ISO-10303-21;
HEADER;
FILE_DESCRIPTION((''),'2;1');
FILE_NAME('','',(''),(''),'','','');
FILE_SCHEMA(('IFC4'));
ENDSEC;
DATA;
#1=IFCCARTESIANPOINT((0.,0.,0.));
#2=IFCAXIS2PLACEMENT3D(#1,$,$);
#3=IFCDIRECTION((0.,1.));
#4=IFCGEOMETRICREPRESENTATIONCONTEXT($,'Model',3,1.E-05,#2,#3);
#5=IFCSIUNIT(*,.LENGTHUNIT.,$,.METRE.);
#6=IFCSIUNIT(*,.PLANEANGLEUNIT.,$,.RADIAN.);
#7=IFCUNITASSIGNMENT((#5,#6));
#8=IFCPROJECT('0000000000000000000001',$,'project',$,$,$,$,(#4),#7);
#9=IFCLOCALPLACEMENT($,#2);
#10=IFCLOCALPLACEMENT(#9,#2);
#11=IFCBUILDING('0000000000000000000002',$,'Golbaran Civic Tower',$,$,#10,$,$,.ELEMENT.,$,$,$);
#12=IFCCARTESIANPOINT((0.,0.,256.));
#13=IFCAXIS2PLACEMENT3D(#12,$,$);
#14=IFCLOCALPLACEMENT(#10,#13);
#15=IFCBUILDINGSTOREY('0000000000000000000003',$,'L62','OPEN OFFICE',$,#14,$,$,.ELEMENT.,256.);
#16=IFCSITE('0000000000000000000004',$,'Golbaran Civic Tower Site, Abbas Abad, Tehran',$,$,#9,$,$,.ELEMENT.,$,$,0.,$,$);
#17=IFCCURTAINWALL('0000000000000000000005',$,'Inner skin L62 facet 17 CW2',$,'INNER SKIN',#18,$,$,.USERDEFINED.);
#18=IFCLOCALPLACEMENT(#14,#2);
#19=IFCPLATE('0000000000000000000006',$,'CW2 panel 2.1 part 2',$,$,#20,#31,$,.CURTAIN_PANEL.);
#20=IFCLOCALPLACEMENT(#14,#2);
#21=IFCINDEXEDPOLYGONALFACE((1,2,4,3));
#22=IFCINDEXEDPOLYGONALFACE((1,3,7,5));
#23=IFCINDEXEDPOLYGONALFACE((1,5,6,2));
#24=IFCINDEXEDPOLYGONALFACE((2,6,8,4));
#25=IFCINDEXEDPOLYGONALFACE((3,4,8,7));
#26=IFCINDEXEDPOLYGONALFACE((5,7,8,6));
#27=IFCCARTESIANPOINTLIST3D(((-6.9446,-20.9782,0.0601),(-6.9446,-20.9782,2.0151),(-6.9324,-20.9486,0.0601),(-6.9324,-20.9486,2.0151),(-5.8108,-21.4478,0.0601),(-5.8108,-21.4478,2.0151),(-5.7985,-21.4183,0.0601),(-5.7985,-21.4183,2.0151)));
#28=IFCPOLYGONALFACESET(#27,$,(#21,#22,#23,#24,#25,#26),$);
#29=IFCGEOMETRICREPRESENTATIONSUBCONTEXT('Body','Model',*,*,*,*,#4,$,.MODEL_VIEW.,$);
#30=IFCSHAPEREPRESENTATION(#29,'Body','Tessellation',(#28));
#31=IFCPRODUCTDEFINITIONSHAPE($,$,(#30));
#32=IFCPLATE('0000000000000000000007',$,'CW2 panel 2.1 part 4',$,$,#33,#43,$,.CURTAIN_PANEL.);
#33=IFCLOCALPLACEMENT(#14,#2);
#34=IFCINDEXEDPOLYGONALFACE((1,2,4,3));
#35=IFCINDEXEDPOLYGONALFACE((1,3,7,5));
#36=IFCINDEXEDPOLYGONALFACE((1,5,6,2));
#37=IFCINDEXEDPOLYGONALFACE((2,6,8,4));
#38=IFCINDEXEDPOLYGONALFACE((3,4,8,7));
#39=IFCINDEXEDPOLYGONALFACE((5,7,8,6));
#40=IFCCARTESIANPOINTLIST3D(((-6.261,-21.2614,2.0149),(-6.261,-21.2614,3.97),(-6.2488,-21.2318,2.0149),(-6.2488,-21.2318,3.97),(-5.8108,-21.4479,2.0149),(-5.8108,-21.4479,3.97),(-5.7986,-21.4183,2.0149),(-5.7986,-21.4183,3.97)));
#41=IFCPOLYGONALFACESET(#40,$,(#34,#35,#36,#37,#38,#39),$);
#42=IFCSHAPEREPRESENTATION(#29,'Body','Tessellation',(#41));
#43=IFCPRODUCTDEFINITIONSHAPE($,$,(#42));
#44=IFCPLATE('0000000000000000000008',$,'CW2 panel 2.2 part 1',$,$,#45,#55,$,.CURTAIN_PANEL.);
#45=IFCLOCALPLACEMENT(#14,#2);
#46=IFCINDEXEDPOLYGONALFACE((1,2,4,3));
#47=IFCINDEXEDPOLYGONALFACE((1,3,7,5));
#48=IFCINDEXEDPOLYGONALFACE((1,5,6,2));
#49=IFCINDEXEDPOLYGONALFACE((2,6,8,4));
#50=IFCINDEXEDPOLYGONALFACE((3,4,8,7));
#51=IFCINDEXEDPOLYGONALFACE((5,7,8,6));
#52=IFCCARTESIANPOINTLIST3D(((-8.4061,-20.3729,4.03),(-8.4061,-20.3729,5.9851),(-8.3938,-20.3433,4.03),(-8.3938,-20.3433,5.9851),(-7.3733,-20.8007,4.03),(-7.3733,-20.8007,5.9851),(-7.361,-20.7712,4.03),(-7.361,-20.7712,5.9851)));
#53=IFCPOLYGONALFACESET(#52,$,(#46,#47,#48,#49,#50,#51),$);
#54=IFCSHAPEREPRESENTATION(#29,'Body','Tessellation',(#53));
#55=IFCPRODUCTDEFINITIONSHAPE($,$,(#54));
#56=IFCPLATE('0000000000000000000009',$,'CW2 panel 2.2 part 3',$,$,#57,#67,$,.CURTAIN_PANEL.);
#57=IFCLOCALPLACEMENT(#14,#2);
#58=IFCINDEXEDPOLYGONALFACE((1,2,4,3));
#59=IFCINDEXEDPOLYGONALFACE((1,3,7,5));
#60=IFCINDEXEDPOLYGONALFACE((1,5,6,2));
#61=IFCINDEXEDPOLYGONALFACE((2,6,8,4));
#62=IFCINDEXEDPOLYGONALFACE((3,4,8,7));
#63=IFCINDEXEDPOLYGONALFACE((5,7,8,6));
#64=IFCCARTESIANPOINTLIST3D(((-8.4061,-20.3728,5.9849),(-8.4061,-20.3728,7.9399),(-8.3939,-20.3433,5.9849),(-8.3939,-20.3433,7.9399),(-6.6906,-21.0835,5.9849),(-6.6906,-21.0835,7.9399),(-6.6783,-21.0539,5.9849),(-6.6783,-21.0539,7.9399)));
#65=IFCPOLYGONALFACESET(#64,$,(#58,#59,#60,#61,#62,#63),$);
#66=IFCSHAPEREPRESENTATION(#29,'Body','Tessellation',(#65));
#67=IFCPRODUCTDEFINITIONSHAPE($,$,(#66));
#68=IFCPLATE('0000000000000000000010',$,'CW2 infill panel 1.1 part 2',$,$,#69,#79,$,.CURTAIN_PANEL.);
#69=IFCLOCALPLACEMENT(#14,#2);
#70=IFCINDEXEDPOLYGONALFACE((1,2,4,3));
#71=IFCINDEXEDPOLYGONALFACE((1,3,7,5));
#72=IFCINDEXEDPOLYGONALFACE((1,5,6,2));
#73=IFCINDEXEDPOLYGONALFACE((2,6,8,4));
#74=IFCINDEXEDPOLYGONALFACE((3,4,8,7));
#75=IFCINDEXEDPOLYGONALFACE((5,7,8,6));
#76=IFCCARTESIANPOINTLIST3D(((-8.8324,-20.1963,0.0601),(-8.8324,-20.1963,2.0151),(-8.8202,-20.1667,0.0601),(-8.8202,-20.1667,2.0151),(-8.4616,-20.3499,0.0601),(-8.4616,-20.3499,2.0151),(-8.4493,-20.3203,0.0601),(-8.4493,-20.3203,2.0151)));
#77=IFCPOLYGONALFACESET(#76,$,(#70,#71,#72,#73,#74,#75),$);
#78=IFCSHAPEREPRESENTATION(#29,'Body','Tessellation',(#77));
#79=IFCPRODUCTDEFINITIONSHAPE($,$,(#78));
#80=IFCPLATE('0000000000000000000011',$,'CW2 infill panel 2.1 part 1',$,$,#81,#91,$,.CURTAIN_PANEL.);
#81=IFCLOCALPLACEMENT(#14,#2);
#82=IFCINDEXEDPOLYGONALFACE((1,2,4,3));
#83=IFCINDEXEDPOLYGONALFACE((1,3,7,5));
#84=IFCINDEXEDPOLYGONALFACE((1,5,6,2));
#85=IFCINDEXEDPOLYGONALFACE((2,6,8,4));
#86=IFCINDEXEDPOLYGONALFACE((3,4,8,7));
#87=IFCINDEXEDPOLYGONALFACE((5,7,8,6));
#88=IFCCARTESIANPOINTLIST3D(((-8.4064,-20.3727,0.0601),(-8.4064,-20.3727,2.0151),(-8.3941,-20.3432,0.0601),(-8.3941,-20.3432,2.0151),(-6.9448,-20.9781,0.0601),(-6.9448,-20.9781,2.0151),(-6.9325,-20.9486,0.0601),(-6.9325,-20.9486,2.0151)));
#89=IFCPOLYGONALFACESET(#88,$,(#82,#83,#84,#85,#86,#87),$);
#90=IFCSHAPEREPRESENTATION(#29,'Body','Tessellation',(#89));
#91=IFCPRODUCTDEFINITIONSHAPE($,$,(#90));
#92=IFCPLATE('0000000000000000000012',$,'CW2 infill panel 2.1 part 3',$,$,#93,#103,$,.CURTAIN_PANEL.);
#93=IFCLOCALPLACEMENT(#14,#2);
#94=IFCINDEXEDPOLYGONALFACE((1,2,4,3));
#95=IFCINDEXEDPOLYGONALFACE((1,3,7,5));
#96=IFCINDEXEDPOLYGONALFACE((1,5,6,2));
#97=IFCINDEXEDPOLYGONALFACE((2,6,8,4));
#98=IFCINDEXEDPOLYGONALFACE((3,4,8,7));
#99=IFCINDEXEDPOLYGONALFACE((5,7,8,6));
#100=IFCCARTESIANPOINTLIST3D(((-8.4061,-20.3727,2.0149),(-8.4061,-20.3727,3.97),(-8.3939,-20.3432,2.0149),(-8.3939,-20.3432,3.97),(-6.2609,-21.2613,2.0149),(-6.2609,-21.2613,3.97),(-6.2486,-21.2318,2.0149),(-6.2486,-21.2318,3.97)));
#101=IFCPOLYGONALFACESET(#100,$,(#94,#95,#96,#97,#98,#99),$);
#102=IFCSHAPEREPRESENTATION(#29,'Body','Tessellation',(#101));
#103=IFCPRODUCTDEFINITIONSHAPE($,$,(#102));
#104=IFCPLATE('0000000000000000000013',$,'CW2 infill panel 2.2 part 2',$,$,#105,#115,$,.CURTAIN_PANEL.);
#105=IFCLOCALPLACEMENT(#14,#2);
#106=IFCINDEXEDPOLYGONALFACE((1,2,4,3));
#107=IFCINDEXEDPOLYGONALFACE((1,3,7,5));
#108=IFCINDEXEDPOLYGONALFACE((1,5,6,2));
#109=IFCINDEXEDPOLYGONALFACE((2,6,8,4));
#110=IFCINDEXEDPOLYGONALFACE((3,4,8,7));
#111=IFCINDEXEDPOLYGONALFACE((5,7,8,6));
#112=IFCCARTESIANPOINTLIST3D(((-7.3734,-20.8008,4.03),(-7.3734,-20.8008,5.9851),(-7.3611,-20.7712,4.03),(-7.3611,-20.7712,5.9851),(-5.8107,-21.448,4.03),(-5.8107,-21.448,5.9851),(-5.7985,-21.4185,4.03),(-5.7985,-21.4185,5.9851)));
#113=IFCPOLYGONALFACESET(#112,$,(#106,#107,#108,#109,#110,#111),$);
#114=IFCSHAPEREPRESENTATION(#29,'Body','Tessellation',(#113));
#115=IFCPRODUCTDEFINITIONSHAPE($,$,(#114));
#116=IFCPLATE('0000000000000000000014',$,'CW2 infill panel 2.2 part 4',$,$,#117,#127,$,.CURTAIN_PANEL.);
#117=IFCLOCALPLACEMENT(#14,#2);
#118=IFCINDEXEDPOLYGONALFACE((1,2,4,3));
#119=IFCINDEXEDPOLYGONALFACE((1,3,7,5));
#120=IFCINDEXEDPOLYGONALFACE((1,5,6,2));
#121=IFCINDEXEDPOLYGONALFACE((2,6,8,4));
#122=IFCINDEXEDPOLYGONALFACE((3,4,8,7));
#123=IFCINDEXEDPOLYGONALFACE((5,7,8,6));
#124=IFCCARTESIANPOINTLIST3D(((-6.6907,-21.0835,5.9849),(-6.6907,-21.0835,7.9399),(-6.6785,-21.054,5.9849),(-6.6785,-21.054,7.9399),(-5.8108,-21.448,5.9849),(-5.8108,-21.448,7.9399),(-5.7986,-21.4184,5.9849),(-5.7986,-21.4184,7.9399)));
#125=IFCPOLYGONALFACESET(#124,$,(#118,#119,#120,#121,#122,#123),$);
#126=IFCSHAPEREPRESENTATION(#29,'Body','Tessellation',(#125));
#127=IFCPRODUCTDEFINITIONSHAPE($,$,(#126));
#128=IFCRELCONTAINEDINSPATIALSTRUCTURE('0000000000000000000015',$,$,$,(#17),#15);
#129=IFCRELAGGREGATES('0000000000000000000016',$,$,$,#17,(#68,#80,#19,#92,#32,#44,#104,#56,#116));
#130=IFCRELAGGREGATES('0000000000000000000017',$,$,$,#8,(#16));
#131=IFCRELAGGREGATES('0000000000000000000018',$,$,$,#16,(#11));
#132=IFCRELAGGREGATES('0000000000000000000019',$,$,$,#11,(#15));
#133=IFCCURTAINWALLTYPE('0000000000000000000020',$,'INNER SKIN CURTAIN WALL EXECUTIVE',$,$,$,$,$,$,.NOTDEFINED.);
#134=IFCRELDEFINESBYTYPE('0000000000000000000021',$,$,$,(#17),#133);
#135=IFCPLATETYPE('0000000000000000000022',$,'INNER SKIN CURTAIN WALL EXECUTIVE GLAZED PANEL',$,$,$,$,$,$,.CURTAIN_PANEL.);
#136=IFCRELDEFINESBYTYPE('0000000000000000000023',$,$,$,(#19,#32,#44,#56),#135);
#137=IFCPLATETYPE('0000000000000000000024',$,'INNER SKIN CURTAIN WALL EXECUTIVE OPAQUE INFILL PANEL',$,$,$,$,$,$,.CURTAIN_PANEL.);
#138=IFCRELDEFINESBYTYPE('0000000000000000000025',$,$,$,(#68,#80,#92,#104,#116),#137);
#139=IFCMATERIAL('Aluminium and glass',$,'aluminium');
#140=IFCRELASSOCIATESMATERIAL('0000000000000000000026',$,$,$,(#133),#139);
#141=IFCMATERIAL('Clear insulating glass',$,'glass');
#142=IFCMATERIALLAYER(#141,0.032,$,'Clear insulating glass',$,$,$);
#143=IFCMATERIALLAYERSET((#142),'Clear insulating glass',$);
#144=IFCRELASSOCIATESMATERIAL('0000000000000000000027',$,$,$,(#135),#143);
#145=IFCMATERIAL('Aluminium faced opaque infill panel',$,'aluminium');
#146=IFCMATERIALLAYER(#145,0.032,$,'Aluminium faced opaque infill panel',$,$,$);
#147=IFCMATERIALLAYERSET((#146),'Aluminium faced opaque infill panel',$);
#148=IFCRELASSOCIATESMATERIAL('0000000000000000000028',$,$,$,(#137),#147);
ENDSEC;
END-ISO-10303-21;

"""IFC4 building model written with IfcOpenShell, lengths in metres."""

from ifc_helpers import new_model, si_unit, direction, frame, origin, origin_2d, place, context, subcontext, project, spatial, rectangle, extrude, material, layer, layer_set, type_object, element, aggregate, save


model = new_model("IFC4")

# Units and contexts
model_context = context("Model", 3, precision=1e-05, world=origin(), true_north=direction((0.0, 1.0)))
body_context = subcontext(model_context, "Body", "Model", "MODEL_VIEW")
ifc_project = project(units=[si_unit("LENGTHUNIT", "METRE"), si_unit("PLANEANGLEUNIT", "RADIAN")], contexts=[model_context])

# Site, building, storey
site_placement = place(None, origin())
site = spatial("IfcSite", under=ifc_project, at=site_placement, Name="Golbaran Civic Tower Site, Abbas Abad, Tehran", CompositionType="ELEMENT", RefElevation=0.0)
building_placement = place(site_placement, origin())
building = spatial("IfcBuilding", under=site, at=building_placement, Name="Golbaran Civic Tower", CompositionType="ELEMENT")
storey_placement = place(building_placement, frame((0.0, 0.0, 256.0)))
storey = spatial("IfcBuildingStorey", under=building, at=storey_placement, Name="L62", Description="OPEN OFFICE", CompositionType="ELEMENT", Elevation=256.0)

# Curtain wall
ifc_material_1 = material(Name="Aluminium and glass", Category="aluminium")
curtain_wall_type = type_object("IfcCurtainWallType", Name="INNER SKIN CURTAIN WALL EXECUTIVE", PredefinedType="NOTDEFINED", material=ifc_material_1)
curtain_wall_1_placement = place(storey_placement, origin())
curtain_wall_1 = element("IfcCurtainWall", 1, at=curtain_wall_1_placement, inside=storey, type_object=curtain_wall_type, Name="Inner skin L62 facet 17 CW2", ObjectType="INNER SKIN", PredefinedType="USERDEFINED")

# Plates
ifc_material_2 = material(Name="Clear insulating glass", Category="glass")
ifc_layer_1 = layer(ifc_material_2, 0.032, Name="Clear insulating glass")
ifc_layer_set_1 = layer_set([ifc_layer_1], Name="Clear insulating glass")
plate_type_1 = type_object("IfcPlateType", Name="INNER SKIN CURTAIN WALL EXECUTIVE GLAZED PANEL", PredefinedType="CURTAIN_PANEL", material=ifc_layer_set_1)
plate_1_placement = place(storey_placement, frame((-6.3716, -21.1982, 0.0601), z_axis=(0.0, 0.0, 1.0), x_axis=(0.92388, -0.382683, 0.0)))
plate_1 = element("IfcPlate", 2, at=plate_1_placement, type_object=plate_type_1, Name="CW2 panel 2.1 part 2", PredefinedType="CURTAIN_PANEL", context=body_context, shape_type="SweptSolid", body=[
    extrude(rectangle(XDim=1.2273, YDim=0.032, at=origin_2d()), origin(), (0.0, 0.0, 1.0), 1.9551),
])
plate_2_placement = place(storey_placement, frame((-6.0298, -21.3398, 2.0149), z_axis=(0.0, 0.0, 1.0), x_axis=(0.92388, -0.382683, 0.0)))
plate_2 = element("IfcPlate", 3, at=plate_2_placement, type_object=plate_type_1, Name="CW2 panel 2.1 part 4", PredefinedType="CURTAIN_PANEL", context=body_context, shape_type="SweptSolid", body=[
    extrude(rectangle(XDim=0.4873, YDim=0.032, at=origin_2d()), origin(), (0.0, 0.0, 1.0), 1.9551),
])
plate_3_placement = place(storey_placement, frame((-7.8835, -20.572, 4.03), z_axis=(0.0, 0.0, 1.0), x_axis=(0.92388, -0.382683, 0.0)))
plate_3 = element("IfcPlate", 4, at=plate_3_placement, type_object=plate_type_1, Name="CW2 panel 2.2 part 1", PredefinedType="CURTAIN_PANEL", context=body_context, shape_type="SweptSolid", body=[
    extrude(rectangle(XDim=1.1179, YDim=0.032, at=origin_2d()), origin(), (0.0, 0.0, 1.0), 1.9551),
])
plate_4_placement = place(storey_placement, frame((-7.5422, -20.7134, 5.9849), z_axis=(0.0, 0.0, 1.0), x_axis=(0.92388, -0.382683, 0.0)))
plate_4 = element("IfcPlate", 5, at=plate_4_placement, type_object=plate_type_1, Name="CW2 panel 2.2 part 3", PredefinedType="CURTAIN_PANEL", context=body_context, shape_type="SweptSolid", body=[
    extrude(rectangle(XDim=1.8569, YDim=0.032, at=origin_2d()), origin(), (0.0, 0.0, 1.0), 1.9551),
])
ifc_material_3 = material(Name="Aluminium faced opaque infill panel", Category="aluminium")
ifc_layer_2 = layer(ifc_material_3, 0.032, Name="Aluminium faced opaque infill panel")
ifc_layer_set_2 = layer_set([ifc_layer_2], Name="Aluminium faced opaque infill panel")
plate_type_2 = type_object("IfcPlateType", Name="INNER SKIN CURTAIN WALL EXECUTIVE OPAQUE INFILL PANEL", PredefinedType="CURTAIN_PANEL", material=ifc_layer_set_2)
plate_5_placement = place(storey_placement, frame((-8.6409, -20.2583, 0.0601), z_axis=(0.0, 0.0, 1.0), x_axis=(0.92388, -0.382683, 0.0)))
plate_5 = element("IfcPlate", 6, at=plate_5_placement, type_object=plate_type_2, Name="CW2 infill panel 1.1 part 2", PredefinedType="CURTAIN_PANEL", context=body_context, shape_type="SweptSolid", body=[
    extrude(rectangle(XDim=0.4014, YDim=0.032, at=origin_2d()), origin(), (0.0, 0.0, 1.0), 1.9551),
])
plate_6_placement = place(storey_placement, frame((-7.6694, -20.6606, 0.0601), z_axis=(0.0, 0.0, 1.0), x_axis=(0.92388, -0.382683, 0.0)))
plate_6 = element("IfcPlate", 7, at=plate_6_placement, type_object=plate_type_2, Name="CW2 infill panel 2.1 part 1", PredefinedType="CURTAIN_PANEL", context=body_context, shape_type="SweptSolid", body=[
    extrude(rectangle(XDim=1.582, YDim=0.032, at=origin_2d()), origin(), (0.0, 0.0, 1.0), 1.9551),
])
plate_7_placement = place(storey_placement, frame((-7.3274, -20.8022, 2.0149), z_axis=(0.0, 0.0, 1.0), x_axis=(0.92388, -0.382683, 0.0)))
plate_7 = element("IfcPlate", 8, at=plate_7_placement, type_object=plate_type_2, Name="CW2 infill panel 2.1 part 3", PredefinedType="CURTAIN_PANEL", context=body_context, shape_type="SweptSolid", body=[
    extrude(rectangle(XDim=2.322, YDim=0.032, at=origin_2d()), origin(), (0.0, 0.0, 1.0), 1.9551),
])
plate_8_placement = place(storey_placement, frame((-6.5859, -21.1096, 4.03), z_axis=(0.0, 0.0, 1.0), x_axis=(0.92388, -0.382683, 0.0)))
plate_8 = element("IfcPlate", 9, at=plate_8_placement, type_object=plate_type_2, Name="CW2 infill panel 2.2 part 2", PredefinedType="CURTAIN_PANEL", context=body_context, shape_type="SweptSolid", body=[
    extrude(rectangle(XDim=1.6914, YDim=0.032, at=origin_2d()), origin(), (0.0, 0.0, 1.0), 1.9551),
])
plate_9_placement = place(storey_placement, frame((-6.2446, -21.251, 5.9849), z_axis=(0.0, 0.0, 1.0), x_axis=(0.92388, -0.382683, 0.0)))
plate_9 = element("IfcPlate", 10, at=plate_9_placement, type_object=plate_type_2, Name="CW2 infill panel 2.2 part 4", PredefinedType="CURTAIN_PANEL", context=body_context, shape_type="SweptSolid", body=[
    extrude(rectangle(XDim=0.9524, YDim=0.032, at=origin_2d()), origin(), (0.0, 0.0, 1.0), 1.9551),
])
aggregate(curtain_wall_1, [plate_5, plate_6, plate_1, plate_7, plate_2, plate_3, plate_8, plate_4, plate_9])

save(model, "model.ifc")
